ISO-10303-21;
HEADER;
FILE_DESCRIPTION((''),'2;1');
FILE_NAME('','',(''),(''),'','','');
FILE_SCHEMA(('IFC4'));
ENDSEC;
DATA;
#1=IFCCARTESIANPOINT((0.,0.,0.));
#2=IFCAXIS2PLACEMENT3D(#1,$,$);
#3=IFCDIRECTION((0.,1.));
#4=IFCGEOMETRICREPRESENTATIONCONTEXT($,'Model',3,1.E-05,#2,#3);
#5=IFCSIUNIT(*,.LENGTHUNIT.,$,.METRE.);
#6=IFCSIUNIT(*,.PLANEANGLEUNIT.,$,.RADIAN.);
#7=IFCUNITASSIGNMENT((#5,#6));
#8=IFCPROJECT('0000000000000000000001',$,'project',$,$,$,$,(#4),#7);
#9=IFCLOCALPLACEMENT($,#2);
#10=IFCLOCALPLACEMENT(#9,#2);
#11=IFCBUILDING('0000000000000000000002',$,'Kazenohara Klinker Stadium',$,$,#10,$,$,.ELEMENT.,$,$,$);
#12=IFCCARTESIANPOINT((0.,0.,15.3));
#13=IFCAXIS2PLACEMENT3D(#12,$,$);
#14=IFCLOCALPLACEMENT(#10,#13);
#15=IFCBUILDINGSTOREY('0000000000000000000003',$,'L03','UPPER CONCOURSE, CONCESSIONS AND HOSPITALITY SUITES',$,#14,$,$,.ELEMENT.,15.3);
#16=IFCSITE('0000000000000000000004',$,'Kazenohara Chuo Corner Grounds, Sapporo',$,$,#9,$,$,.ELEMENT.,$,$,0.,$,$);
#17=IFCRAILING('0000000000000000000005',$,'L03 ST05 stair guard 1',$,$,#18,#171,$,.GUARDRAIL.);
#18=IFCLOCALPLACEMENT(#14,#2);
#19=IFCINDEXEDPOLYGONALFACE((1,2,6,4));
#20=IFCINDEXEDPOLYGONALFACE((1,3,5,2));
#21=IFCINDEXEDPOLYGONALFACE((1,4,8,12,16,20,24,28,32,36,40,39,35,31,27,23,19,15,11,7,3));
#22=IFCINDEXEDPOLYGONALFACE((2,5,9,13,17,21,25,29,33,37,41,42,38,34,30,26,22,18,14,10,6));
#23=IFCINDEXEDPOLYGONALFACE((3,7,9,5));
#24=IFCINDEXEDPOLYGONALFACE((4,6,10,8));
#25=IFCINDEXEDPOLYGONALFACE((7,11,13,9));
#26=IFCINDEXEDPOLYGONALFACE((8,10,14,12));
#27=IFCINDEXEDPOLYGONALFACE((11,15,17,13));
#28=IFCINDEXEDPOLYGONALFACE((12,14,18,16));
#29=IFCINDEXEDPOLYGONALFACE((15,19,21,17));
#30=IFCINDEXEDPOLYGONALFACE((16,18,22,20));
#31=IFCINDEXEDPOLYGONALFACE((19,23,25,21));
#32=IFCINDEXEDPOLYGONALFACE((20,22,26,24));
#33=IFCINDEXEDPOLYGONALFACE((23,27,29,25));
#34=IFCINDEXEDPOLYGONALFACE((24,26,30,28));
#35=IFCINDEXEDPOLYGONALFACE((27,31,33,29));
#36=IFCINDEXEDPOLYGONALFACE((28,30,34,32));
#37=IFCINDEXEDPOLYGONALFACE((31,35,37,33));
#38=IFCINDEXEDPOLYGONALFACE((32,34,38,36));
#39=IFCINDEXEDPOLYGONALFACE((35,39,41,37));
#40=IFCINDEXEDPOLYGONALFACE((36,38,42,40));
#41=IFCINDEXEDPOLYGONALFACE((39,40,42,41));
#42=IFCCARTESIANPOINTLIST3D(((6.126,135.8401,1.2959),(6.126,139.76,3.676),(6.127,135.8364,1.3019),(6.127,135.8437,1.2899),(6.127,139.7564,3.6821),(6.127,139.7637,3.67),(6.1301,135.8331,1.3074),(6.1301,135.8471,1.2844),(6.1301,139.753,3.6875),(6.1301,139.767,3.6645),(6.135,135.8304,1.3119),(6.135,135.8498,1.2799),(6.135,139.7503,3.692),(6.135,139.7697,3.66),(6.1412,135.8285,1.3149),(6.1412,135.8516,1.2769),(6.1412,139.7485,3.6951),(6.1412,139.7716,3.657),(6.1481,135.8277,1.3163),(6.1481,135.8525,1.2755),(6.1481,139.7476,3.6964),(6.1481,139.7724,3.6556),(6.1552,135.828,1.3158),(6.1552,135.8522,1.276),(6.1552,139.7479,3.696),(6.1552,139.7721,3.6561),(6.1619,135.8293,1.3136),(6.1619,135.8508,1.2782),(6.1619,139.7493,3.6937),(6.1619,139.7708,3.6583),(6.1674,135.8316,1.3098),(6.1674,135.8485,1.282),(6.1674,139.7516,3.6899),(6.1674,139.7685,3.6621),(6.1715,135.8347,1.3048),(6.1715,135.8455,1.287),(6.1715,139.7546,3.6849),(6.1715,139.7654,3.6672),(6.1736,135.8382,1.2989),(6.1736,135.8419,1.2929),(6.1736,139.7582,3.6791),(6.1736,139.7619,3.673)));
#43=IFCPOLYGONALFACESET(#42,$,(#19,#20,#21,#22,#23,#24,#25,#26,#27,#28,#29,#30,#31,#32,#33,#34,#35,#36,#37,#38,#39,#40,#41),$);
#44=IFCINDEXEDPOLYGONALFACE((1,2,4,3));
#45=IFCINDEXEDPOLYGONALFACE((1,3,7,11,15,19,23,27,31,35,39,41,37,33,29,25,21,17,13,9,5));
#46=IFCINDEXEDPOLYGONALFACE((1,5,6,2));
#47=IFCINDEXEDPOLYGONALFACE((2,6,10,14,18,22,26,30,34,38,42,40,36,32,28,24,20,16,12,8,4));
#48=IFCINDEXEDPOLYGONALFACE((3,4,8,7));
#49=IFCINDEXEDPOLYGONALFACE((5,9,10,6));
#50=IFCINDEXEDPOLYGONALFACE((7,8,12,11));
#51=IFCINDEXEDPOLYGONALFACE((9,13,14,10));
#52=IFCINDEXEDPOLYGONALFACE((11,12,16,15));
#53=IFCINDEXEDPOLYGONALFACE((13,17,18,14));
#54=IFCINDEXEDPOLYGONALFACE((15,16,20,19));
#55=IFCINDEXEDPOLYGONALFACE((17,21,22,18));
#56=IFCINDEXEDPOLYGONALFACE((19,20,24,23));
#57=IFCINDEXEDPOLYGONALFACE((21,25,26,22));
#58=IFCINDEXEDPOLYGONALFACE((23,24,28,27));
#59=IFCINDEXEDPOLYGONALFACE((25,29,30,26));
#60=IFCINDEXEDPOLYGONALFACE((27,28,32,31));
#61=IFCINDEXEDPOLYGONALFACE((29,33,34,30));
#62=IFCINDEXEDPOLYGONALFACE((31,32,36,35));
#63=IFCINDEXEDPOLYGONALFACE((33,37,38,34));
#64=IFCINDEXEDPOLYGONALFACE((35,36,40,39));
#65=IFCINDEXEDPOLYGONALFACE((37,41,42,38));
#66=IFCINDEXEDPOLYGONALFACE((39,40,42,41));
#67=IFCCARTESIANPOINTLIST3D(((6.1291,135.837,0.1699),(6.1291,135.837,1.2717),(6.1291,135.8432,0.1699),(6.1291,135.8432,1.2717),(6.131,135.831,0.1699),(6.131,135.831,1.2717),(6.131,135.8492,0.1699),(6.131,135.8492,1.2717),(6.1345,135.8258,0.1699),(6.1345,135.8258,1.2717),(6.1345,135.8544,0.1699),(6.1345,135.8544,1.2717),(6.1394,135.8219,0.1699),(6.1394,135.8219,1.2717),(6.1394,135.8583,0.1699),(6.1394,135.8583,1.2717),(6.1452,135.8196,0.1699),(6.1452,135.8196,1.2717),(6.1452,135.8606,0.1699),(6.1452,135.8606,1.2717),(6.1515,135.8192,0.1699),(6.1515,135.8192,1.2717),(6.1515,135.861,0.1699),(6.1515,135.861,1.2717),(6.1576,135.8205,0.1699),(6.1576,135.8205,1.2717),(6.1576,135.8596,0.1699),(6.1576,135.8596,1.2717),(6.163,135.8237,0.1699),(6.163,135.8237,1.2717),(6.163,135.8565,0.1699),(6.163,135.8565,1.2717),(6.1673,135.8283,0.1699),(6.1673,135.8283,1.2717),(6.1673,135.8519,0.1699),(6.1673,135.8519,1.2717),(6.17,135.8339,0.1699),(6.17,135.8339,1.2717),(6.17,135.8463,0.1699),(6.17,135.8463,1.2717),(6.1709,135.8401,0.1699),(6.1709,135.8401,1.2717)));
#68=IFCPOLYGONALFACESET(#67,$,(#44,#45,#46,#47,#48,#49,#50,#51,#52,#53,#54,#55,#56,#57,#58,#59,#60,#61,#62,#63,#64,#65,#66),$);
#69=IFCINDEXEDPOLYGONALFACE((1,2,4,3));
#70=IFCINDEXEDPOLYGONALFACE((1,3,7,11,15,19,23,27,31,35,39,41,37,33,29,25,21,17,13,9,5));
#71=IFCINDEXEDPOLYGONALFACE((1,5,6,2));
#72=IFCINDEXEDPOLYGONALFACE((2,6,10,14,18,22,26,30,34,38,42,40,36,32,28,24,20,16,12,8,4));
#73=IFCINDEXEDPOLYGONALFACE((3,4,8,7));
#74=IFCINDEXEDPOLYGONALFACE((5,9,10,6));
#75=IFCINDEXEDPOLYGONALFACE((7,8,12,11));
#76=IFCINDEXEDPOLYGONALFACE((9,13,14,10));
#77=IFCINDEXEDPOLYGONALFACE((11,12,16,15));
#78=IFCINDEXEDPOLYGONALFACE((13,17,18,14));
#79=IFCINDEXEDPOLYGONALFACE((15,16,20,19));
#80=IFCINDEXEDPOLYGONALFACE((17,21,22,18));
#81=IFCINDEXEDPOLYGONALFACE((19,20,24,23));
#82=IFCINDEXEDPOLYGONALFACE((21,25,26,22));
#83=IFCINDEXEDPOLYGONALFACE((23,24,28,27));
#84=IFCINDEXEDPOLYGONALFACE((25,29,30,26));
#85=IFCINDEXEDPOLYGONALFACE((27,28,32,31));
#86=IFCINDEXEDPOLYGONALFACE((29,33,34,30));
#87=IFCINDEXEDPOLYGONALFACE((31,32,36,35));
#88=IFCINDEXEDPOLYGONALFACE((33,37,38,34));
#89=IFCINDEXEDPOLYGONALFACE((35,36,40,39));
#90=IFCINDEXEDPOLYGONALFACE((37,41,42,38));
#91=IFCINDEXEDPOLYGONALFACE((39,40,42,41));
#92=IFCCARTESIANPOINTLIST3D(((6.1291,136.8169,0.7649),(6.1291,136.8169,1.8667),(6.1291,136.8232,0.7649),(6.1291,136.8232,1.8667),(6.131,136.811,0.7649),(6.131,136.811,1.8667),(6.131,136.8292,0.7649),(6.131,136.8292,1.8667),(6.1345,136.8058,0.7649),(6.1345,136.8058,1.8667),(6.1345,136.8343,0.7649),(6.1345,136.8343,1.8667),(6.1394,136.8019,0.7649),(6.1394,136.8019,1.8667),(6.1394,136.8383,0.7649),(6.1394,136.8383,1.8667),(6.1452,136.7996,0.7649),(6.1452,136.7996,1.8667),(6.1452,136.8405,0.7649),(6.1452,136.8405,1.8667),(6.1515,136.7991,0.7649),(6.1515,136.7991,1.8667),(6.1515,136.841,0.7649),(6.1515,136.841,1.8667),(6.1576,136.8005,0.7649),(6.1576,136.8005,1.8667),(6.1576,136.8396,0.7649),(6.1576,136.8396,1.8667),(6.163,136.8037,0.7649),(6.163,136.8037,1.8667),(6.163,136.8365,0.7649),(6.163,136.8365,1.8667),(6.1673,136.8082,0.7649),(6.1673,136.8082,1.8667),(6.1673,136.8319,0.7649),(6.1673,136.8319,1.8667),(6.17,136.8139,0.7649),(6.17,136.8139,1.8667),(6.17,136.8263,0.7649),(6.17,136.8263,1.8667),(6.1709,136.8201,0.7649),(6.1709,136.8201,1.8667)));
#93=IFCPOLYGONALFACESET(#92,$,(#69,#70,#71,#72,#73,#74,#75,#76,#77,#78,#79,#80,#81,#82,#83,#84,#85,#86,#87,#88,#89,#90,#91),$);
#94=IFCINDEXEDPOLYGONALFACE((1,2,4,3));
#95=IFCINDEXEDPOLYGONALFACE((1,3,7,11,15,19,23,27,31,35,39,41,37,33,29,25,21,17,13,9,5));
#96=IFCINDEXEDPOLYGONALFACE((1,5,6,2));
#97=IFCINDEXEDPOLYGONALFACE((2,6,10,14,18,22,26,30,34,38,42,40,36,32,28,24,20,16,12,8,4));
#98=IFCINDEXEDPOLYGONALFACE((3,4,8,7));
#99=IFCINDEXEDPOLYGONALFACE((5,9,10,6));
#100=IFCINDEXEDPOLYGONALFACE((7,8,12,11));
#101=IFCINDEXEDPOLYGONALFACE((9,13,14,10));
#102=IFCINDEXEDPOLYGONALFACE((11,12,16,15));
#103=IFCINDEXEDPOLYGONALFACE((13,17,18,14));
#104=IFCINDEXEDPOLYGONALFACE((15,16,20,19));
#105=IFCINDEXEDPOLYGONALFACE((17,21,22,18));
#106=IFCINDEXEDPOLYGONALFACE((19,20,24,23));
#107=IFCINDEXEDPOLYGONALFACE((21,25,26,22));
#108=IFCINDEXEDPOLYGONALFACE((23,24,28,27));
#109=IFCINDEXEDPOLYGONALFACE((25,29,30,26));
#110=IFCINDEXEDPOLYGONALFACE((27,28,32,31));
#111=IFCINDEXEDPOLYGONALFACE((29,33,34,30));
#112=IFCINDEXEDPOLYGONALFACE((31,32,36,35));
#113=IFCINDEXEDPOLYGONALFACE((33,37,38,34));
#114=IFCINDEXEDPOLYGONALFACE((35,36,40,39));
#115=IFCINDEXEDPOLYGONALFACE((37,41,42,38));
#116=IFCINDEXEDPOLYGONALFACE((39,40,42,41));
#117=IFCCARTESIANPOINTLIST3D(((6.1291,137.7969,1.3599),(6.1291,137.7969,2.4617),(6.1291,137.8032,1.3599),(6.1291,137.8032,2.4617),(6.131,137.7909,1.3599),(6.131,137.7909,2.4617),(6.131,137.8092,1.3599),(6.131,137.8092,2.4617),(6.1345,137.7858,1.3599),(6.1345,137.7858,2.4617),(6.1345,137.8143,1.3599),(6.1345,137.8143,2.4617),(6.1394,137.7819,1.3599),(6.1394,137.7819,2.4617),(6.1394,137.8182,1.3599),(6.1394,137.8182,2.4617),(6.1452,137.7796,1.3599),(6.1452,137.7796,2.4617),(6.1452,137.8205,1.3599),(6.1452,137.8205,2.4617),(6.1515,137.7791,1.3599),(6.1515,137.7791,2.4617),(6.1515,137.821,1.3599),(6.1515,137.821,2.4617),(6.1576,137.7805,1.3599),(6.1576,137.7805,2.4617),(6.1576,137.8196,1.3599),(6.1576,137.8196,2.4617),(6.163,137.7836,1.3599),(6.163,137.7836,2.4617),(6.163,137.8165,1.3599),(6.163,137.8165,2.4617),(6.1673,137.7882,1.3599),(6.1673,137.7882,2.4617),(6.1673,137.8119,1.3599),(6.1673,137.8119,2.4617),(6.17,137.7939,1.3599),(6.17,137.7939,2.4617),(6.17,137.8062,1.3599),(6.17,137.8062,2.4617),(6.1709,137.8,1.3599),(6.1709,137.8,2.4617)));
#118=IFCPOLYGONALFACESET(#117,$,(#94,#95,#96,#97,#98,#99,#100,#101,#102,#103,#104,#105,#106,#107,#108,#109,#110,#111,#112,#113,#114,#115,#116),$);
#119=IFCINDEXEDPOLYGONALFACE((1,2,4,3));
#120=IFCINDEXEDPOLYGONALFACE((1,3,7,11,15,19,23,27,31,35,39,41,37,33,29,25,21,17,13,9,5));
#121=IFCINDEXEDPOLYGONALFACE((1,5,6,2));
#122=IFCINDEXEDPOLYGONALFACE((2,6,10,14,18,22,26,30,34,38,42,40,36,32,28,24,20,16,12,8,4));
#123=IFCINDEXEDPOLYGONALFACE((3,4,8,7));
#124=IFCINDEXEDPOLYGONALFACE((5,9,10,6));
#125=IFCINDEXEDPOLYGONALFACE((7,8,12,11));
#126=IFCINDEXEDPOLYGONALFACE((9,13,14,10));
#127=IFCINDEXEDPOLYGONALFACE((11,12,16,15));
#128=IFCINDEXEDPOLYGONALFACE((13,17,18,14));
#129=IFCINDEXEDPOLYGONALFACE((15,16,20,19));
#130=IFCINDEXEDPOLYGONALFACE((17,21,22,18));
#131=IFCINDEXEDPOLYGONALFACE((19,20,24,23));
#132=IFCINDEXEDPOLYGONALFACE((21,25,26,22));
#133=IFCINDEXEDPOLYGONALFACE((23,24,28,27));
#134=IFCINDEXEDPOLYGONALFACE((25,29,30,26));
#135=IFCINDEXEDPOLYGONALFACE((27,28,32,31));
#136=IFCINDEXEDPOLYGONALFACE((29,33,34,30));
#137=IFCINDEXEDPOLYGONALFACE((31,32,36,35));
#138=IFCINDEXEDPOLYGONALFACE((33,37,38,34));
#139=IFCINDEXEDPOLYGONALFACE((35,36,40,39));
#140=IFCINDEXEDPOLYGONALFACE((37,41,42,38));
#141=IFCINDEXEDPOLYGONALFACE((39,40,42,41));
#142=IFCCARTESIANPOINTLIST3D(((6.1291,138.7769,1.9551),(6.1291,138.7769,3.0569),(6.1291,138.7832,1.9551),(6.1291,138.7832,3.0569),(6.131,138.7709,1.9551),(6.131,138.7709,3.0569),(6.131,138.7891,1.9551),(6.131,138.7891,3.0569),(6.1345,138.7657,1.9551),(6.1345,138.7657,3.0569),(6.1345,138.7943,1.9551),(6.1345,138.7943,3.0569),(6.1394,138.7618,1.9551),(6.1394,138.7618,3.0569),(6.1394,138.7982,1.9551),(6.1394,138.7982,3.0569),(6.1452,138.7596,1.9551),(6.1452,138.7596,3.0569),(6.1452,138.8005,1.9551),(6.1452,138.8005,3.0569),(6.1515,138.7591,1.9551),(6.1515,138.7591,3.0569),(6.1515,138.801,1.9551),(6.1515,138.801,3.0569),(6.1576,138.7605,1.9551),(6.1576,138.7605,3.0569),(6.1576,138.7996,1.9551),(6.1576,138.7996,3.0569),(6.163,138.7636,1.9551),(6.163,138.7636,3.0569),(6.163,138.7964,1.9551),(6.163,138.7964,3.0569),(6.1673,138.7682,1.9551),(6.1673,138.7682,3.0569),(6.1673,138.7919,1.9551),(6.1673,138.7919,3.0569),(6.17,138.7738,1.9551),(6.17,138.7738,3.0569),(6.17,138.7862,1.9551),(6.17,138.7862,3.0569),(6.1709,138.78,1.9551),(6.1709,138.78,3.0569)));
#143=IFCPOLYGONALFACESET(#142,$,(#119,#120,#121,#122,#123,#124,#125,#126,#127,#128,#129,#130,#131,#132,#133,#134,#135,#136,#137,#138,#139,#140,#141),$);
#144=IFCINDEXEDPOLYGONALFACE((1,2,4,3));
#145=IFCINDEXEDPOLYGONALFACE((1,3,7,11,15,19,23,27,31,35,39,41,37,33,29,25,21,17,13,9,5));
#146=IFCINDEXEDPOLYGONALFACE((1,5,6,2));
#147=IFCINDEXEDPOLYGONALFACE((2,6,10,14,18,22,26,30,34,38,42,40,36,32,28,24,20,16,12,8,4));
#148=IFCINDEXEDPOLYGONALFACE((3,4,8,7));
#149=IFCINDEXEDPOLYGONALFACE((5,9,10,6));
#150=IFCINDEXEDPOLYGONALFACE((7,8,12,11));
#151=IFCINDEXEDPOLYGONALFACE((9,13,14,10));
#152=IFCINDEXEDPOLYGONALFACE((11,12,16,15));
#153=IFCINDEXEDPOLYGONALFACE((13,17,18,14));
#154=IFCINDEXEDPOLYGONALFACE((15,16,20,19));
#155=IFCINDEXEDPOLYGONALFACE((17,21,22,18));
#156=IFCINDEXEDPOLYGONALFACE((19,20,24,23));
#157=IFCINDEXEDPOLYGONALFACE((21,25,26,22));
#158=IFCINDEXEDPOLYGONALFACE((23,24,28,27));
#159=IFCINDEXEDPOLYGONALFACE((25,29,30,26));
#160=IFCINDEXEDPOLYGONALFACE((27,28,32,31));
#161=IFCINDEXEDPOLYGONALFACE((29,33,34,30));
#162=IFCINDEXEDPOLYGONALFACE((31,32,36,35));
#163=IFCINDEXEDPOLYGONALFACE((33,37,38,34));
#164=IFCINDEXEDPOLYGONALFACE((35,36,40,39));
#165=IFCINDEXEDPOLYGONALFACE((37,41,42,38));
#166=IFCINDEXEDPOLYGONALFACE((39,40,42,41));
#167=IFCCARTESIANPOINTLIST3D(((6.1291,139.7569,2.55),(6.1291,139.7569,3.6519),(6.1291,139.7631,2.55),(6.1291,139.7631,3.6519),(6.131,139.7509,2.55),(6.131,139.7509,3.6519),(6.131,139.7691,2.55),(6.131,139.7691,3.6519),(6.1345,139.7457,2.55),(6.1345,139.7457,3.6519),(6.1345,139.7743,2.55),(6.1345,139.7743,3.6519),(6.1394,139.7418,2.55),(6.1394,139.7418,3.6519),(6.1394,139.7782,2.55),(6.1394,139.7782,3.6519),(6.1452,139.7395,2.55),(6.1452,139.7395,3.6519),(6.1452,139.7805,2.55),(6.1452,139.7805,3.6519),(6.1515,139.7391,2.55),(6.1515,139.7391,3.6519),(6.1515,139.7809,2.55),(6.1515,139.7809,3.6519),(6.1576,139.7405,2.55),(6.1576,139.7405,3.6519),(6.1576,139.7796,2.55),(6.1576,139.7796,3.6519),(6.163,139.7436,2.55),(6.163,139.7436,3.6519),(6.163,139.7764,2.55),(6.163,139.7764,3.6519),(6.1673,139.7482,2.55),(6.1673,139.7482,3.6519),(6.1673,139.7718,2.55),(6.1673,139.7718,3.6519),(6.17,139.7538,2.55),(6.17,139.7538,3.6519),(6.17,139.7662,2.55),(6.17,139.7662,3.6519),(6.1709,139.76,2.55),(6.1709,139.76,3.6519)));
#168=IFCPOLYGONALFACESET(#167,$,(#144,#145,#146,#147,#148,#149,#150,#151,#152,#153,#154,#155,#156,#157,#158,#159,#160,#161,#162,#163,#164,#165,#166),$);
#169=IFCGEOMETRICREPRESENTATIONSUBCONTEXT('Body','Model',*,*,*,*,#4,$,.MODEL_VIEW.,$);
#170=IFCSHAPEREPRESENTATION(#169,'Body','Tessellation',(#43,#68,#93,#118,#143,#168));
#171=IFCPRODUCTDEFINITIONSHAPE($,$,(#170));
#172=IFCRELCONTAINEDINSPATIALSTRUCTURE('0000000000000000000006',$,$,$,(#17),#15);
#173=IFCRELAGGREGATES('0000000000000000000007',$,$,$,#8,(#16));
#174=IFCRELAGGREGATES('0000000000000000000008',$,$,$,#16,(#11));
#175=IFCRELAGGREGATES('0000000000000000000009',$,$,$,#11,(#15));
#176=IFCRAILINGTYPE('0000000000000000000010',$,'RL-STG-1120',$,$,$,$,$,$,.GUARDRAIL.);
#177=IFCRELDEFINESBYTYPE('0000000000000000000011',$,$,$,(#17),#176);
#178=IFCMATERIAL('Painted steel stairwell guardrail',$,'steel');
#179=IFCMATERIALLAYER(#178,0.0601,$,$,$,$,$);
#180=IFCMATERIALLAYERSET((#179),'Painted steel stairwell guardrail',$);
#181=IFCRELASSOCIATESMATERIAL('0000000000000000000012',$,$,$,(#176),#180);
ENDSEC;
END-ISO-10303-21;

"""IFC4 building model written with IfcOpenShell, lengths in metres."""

from ifc_helpers import new_model, si_unit, direction, frame, origin, origin_2d, place, context, subcontext, project, spatial, circle, extrude, material, layer, layer_set, type_object, element, save


model = new_model("IFC4")

# Units and contexts
model_context = context("Model", 3, precision=1e-05, world=origin(), true_north=direction((0.0, 1.0)))
body_context = subcontext(model_context, "Body", "Model", "MODEL_VIEW")
ifc_project = project(units=[si_unit("LENGTHUNIT", "METRE"), si_unit("PLANEANGLEUNIT", "RADIAN")], contexts=[model_context])

# Site, building, storey
site_placement = place(None, origin())
site = spatial("IfcSite", under=ifc_project, at=site_placement, Name="Kazenohara Chuo Corner Grounds, Sapporo", CompositionType="ELEMENT", RefElevation=0.0)
building_placement = place(site_placement, origin())
building = spatial("IfcBuilding", under=site, at=building_placement, Name="Kazenohara Klinker Stadium", CompositionType="ELEMENT")
storey_placement = place(building_placement, frame((0.0, 0.0, 15.3)))
storey = spatial("IfcBuildingStorey", under=building, at=storey_placement, Name="L03", Description="UPPER CONCOURSE, CONCESSIONS AND HOSPITALITY SUITES", CompositionType="ELEMENT", Elevation=15.3)

# Railing
ifc_material_1 = material(Name="Painted steel stairwell guardrail", Category="steel")
ifc_layer_1 = layer(ifc_material_1, 0.0601)
ifc_layer_set_1 = layer_set([ifc_layer_1], Name="Painted steel stairwell guardrail")
railing_type_1 = type_object("IfcRailingType", Name="RL-STG-1120", PredefinedType="GUARDRAIL", material=ifc_layer_set_1)
railing_1_placement = place(storey_placement, frame((6.1499, 135.8401, 0.1699)))
element("IfcRailing", 1, at=railing_1_placement, inside=storey, type_object=railing_type_1, Name="L03 ST05 stair guard 1", PredefinedType="GUARDRAIL", context=body_context, shape_type="SweptSolid", body=[
    extrude(circle(Radius=0.0239, at=origin_2d()), frame((0.0, 0.0, 1.126), z_axis=(0.0, 0.854771, 0.519006), x_axis=(-1.0, 0.0, 0.0)), (0.0, 0.0, 1.0), 4.5859),
    extrude(circle(Radius=0.021, at=origin_2d()), origin(), (0.0, 0.0, 1.0), 1.1018),
    extrude(circle(Radius=0.021, at=origin_2d()), frame((0.0, 0.98, 0.595)), (0.0, 0.0, 1.0), 1.1018),
    extrude(circle(Radius=0.021, at=origin_2d()), frame((0.0, 1.96, 1.1899)), (0.0, 0.0, 1.0), 1.1018),
    extrude(circle(Radius=0.021, at=origin_2d()), frame((0.0, 2.9399, 1.7852)), (0.0, 0.0, 1.0), 1.1018),
    extrude(circle(Radius=0.021, at=origin_2d()), frame((0.0, 3.9199, 2.3801)), (0.0, 0.0, 1.0), 1.1018),
])

save(model, "model.ifc")
